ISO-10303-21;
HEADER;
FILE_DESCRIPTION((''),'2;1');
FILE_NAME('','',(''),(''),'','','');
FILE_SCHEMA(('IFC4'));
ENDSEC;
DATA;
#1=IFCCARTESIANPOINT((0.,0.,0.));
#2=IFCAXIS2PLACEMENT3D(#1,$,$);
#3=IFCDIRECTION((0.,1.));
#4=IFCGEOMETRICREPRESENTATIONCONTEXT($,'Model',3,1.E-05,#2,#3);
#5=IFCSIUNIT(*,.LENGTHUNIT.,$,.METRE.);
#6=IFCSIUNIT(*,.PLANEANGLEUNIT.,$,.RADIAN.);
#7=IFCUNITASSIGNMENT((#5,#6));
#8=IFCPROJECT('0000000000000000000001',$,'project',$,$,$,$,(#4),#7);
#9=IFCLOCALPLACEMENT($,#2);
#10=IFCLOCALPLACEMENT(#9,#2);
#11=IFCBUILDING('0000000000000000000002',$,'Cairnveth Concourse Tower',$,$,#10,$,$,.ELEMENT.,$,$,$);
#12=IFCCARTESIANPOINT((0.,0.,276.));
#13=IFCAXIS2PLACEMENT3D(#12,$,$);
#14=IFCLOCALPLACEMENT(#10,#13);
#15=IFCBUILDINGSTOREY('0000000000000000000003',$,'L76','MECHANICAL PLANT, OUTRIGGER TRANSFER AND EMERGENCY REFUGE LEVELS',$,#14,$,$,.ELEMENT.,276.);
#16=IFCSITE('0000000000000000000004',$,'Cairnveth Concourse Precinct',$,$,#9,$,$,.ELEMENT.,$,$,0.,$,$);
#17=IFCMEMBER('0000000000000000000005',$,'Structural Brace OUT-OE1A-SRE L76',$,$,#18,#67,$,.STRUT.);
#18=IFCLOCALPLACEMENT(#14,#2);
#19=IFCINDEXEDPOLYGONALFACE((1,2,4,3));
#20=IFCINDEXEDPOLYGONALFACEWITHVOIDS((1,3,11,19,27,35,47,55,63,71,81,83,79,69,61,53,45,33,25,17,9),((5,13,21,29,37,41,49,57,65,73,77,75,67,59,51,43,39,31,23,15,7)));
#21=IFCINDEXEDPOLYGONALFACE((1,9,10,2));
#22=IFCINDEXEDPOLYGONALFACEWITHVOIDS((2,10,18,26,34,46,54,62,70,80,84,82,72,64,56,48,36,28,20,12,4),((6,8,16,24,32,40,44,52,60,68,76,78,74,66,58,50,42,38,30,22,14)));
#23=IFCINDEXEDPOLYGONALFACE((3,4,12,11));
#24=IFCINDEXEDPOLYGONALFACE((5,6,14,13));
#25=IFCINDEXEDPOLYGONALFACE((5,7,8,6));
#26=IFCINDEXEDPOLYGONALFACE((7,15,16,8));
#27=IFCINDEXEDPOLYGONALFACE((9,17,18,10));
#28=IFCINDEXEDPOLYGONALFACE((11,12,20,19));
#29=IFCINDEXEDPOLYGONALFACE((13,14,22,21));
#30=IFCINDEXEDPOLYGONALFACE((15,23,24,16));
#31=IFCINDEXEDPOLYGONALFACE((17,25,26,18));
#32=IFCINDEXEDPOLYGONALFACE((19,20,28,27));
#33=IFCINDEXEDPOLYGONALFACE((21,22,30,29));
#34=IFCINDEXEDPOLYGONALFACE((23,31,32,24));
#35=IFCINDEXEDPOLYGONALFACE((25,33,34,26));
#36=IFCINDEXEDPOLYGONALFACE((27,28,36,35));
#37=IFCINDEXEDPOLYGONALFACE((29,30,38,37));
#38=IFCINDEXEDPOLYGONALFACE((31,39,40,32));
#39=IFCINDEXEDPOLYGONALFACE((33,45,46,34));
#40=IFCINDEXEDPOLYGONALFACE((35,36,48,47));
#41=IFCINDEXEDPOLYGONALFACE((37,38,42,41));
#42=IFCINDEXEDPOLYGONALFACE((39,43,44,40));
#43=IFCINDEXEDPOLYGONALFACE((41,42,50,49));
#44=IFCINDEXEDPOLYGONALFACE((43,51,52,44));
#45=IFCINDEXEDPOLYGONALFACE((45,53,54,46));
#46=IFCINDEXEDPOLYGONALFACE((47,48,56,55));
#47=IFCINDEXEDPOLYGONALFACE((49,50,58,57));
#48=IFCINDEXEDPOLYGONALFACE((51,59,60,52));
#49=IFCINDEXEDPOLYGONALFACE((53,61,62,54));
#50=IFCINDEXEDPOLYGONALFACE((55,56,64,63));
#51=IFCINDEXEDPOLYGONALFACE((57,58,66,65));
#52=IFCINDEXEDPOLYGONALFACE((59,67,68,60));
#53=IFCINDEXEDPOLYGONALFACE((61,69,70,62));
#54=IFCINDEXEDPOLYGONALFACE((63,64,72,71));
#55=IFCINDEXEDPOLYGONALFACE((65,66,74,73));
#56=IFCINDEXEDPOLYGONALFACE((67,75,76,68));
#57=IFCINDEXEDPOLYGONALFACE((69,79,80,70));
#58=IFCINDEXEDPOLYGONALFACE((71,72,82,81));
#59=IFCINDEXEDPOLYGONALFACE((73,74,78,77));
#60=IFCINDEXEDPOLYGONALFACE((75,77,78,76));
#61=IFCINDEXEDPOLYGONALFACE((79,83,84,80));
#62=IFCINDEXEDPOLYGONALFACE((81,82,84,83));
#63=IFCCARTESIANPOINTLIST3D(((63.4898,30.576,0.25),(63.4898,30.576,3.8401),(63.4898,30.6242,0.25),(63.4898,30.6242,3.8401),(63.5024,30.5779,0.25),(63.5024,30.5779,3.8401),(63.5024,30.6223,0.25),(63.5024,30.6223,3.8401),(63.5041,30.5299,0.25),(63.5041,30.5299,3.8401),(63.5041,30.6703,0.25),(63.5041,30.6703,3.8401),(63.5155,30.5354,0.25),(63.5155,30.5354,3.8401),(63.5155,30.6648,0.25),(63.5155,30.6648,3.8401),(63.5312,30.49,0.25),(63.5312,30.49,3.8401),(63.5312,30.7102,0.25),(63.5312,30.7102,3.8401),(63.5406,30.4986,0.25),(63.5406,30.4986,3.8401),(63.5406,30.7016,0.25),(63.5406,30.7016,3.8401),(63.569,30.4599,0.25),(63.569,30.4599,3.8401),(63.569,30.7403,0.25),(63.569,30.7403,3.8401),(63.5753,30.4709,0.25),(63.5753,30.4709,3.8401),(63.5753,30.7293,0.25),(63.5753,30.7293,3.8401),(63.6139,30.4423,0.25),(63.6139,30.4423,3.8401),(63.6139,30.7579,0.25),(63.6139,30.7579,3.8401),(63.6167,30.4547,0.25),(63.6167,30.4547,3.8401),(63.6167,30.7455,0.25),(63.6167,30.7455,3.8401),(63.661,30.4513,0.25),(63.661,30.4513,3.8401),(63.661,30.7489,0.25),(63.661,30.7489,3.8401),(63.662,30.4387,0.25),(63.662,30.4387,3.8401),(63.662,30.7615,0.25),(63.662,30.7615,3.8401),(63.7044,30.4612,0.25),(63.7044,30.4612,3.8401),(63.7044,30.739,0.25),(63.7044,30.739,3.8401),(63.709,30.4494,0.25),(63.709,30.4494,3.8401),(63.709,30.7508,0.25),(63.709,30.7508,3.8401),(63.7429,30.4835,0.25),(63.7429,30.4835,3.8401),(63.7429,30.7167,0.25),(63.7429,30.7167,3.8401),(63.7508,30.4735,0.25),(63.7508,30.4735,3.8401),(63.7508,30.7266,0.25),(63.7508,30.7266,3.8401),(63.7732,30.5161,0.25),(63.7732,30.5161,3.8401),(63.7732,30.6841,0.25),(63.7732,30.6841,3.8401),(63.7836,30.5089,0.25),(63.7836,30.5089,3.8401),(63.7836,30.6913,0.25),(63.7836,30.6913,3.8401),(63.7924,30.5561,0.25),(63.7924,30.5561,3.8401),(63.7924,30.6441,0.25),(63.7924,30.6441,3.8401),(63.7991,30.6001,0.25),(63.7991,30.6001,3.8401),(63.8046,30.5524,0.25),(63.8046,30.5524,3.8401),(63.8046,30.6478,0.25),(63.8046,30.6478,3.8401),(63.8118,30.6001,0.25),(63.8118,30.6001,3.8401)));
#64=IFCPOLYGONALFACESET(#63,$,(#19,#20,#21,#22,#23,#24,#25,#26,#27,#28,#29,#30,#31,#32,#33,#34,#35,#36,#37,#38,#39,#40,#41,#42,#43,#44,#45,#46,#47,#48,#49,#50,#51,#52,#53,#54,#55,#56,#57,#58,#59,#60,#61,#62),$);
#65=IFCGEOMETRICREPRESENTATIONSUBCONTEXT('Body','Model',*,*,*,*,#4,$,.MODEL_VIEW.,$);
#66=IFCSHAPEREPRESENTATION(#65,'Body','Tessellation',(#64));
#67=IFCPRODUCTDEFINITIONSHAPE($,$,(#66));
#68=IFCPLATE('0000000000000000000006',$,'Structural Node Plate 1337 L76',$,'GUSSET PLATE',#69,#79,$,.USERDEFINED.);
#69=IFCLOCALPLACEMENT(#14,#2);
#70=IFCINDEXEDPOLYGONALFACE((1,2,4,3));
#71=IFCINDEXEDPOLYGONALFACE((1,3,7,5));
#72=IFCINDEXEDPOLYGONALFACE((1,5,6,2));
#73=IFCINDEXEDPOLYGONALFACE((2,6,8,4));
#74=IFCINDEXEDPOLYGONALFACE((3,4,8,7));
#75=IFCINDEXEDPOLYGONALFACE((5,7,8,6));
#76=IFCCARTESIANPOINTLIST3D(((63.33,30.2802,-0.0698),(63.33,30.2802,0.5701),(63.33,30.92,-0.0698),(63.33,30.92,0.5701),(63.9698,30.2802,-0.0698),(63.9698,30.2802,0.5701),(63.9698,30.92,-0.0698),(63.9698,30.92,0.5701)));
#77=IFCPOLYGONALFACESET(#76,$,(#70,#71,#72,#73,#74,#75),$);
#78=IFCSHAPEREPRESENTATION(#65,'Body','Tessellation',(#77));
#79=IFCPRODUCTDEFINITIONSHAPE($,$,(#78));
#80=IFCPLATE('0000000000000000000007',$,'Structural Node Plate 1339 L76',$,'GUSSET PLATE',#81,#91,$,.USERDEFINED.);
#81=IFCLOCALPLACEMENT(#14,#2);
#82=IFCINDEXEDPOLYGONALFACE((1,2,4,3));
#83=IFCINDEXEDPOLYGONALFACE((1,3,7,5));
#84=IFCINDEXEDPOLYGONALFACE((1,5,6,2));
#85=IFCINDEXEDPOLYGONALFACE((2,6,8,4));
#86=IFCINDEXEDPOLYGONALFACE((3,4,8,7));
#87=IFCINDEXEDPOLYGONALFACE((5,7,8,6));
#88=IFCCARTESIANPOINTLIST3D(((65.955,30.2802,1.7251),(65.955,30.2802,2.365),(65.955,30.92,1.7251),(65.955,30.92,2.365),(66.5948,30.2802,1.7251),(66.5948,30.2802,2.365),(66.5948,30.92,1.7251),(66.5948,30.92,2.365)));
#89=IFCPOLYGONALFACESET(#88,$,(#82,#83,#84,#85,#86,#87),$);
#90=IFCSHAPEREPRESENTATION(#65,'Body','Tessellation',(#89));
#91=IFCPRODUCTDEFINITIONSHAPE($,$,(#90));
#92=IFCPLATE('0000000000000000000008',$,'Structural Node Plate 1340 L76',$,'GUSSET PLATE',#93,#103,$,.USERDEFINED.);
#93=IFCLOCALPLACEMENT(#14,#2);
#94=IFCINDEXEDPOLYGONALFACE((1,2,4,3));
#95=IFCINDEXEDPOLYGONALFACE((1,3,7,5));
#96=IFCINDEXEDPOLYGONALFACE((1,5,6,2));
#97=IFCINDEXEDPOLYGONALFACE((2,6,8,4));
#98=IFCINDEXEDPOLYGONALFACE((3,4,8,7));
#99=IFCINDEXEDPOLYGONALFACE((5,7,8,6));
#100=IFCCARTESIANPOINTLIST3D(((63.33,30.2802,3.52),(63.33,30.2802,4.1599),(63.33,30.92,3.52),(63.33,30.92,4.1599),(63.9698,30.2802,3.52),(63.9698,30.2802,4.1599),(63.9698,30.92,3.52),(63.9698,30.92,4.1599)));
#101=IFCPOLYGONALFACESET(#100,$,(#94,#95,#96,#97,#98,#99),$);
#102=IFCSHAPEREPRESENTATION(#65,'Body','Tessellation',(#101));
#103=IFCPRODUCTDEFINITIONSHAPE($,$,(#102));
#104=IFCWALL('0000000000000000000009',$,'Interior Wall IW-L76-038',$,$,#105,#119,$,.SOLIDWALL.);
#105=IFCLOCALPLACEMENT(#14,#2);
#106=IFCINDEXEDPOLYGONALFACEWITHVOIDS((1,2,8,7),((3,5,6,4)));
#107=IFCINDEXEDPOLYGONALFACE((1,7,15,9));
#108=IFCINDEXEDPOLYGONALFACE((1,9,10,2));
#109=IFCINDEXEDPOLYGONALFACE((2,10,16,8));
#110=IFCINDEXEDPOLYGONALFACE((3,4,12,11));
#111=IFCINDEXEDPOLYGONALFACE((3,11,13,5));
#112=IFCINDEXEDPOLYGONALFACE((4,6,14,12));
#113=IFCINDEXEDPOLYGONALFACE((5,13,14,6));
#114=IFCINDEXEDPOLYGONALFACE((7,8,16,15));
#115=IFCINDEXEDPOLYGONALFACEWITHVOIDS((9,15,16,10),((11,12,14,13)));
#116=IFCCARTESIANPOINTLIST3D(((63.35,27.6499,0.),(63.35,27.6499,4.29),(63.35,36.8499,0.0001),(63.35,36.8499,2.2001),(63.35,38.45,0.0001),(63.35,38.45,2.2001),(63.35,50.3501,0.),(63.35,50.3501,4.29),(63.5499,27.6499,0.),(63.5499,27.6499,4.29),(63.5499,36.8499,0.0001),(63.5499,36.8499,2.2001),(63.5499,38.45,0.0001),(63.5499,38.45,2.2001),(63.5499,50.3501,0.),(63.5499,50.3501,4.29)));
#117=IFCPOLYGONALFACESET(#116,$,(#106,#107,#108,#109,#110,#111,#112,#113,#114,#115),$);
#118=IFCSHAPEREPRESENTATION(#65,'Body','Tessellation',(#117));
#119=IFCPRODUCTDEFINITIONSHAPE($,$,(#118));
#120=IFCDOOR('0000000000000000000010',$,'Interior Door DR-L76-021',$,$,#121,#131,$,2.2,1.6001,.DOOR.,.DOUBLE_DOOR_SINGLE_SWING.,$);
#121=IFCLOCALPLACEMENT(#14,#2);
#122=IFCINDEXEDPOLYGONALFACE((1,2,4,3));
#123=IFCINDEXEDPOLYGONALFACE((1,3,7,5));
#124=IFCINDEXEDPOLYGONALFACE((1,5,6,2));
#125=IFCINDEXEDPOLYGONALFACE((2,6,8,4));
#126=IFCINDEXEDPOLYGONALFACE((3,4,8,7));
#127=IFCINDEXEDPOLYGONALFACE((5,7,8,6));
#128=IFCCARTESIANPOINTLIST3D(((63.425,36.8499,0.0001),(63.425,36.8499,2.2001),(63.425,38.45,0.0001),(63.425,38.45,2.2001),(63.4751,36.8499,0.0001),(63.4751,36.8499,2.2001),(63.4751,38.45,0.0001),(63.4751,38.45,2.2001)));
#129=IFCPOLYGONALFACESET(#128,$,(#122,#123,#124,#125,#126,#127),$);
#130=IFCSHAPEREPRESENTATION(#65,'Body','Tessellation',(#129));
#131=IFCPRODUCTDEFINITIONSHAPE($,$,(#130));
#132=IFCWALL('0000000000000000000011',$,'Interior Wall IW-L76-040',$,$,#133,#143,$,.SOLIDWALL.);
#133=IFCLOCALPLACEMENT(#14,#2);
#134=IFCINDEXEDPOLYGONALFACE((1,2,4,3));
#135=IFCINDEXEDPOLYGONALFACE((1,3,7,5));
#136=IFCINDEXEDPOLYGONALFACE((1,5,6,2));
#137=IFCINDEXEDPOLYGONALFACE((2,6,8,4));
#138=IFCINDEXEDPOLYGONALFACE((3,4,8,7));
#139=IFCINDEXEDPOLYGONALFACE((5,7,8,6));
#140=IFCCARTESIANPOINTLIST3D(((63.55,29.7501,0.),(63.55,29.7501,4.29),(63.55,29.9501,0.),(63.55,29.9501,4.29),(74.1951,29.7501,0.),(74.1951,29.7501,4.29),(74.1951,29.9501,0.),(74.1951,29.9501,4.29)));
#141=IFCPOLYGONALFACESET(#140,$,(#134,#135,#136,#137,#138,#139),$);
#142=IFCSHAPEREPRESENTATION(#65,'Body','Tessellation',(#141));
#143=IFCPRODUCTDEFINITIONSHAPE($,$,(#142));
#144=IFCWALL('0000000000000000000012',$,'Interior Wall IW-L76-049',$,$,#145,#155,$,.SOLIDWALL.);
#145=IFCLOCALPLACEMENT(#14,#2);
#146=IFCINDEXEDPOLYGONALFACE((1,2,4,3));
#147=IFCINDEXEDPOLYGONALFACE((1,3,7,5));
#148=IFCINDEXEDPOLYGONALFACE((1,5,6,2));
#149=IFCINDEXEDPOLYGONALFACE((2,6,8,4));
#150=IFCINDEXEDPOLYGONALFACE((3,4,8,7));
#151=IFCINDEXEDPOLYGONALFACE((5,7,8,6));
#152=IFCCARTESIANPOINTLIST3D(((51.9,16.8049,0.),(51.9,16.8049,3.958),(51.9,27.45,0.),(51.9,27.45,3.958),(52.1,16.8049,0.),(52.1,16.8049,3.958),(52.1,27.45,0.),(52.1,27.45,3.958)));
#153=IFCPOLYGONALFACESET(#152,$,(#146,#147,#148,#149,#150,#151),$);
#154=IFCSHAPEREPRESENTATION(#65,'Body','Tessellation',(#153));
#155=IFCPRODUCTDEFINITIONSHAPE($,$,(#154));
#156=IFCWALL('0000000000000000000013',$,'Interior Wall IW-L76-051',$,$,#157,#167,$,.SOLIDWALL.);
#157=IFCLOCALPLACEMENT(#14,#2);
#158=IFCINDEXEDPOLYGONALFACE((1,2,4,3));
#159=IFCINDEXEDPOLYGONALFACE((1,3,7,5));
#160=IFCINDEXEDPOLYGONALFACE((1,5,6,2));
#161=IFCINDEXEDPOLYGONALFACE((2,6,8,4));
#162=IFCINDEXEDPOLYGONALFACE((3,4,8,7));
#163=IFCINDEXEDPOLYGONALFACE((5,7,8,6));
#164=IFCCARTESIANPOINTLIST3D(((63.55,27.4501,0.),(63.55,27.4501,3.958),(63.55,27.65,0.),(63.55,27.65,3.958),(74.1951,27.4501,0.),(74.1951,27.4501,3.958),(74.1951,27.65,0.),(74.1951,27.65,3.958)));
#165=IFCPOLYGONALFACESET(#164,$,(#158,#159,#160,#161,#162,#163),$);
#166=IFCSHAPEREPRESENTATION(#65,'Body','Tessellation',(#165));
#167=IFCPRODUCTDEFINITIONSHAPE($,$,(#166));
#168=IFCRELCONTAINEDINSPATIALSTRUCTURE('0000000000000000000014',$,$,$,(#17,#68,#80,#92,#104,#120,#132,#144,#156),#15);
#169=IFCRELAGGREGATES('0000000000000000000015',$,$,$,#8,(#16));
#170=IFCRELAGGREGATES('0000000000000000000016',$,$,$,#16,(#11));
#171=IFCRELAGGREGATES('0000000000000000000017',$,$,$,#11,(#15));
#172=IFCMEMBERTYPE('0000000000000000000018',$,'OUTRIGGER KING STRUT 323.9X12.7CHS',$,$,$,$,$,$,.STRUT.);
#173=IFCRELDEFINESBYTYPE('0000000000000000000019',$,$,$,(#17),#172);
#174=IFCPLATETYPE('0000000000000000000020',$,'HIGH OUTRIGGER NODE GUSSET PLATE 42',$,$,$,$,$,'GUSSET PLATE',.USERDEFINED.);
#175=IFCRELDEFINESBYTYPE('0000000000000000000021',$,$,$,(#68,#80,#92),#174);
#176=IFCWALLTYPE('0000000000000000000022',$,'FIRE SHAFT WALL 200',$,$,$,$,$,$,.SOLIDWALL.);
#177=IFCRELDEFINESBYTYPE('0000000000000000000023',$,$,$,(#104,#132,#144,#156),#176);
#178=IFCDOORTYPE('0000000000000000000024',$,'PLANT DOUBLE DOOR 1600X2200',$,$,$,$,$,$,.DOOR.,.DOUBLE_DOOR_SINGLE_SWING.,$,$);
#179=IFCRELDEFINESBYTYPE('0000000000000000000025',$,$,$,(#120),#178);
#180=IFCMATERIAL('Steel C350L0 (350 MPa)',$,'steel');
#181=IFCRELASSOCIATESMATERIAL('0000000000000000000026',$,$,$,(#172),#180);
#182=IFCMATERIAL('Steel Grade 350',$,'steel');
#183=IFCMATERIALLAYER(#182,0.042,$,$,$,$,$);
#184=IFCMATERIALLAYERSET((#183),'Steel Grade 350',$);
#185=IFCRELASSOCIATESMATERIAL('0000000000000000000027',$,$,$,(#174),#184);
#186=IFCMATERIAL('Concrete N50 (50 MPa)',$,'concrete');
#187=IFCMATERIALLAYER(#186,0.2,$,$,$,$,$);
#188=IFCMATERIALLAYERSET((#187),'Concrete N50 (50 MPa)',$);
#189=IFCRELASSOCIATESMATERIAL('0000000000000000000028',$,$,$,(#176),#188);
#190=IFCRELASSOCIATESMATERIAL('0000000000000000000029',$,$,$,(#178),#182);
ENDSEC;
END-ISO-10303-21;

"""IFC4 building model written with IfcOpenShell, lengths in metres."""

from ifc_helpers import new_model, si_unit, direction, frame, frame_2d, origin, origin_2d, place, context, subcontext, project, spatial, rectangle, hollow_circle, extrude, material, layer, layer_set, material_profile, profile_set, type_object, element, fill, save


model = new_model("IFC4")

# Units and contexts
model_context = context("Model", 3, precision=1e-05, world=origin(), true_north=direction((0.0, 1.0)))
body_context = subcontext(model_context, "Body", "Model", "MODEL_VIEW")
ifc_project = project(units=[si_unit("LENGTHUNIT", "METRE"), si_unit("PLANEANGLEUNIT", "RADIAN")], contexts=[model_context])

# Site, building, storey
site_placement = place(None, origin())
site = spatial("IfcSite", under=ifc_project, at=site_placement, Name="Cairnveth Concourse Precinct", CompositionType="ELEMENT", RefElevation=0.0)
building_placement = place(site_placement, origin())
building = spatial("IfcBuilding", under=site, at=building_placement, Name="Cairnveth Concourse Tower", CompositionType="ELEMENT")
storey_placement = place(building_placement, frame((0.0, 0.0, 276.0)))
storey = spatial("IfcBuildingStorey", under=building, at=storey_placement, Name="L76", Description="MECHANICAL PLANT, OUTRIGGER TRANSFER AND EMERGENCY REFUGE LEVELS", CompositionType="ELEMENT", Elevation=276.0)

# Shared definitions
ifc_material_1 = material(Name="Steel C350L0 (350 MPa)", Category="steel")

# Member
ifc_material_profile_1 = material_profile(ifc_material_1, hollow_circle(Radius=0.1619, WallThickness=0.0127, at=origin_2d()), Name="323.9x12.7CHS")
ifc_profile_set_1 = profile_set([ifc_material_profile_1], Name="Steel C350L0 (350 MPa)")
member_type_1 = type_object("IfcMemberType", Name="OUTRIGGER KING STRUT 323.9X12.7CHS", PredefinedType="STRUT", material=ifc_profile_set_1)
member_1_placement = place(storey_placement, frame((63.6499, 30.6001, 0.25), z_axis=(0.0, 0.0, 1.0), x_axis=(1.0, 0.0, 0.0)))
element("IfcMember", 1, at=member_1_placement, inside=storey, type_object=member_type_1, Name="Structural Brace OUT-OE1A-SRE L76", PredefinedType="STRUT", context=body_context, shape_type="SweptSolid", body=[
    extrude(hollow_circle(Radius=0.1619, WallThickness=0.0127, at=origin_2d()), origin(), (0.0, 0.0, 1.0), 3.5901),
])

# Plates
ifc_material_2 = material(Name="Steel Grade 350", Category="steel")
ifc_layer_1 = layer(ifc_material_2, 0.042)
ifc_layer_set_1 = layer_set([ifc_layer_1], Name="Steel Grade 350")
plate_type = type_object("IfcPlateType", Name="HIGH OUTRIGGER NODE GUSSET PLATE 42", ElementType="GUSSET PLATE", PredefinedType="USERDEFINED", material=ifc_layer_set_1)
for number, where, z_axis, x_axis, name in (
    (2, (63.6499, 30.6001, -0.0698), (0.0, 0.0, 1.0), (1.0, 0.0, 0.0), "Structural Node Plate 1337 L76"),
    (3, (66.2749, 30.6001, 1.7251), (0.0, 0.0, 1.0), (1.0, 0.0, 0.0), "Structural Node Plate 1339 L76"),
    (4, (63.6499, 30.6001, 3.52), (0.0, 0.0, 1.0), (1.0, 0.0, 0.0), "Structural Node Plate 1340 L76"),
):
    element("IfcPlate", number, at=place(storey_placement, frame(where, z_axis=z_axis, x_axis=x_axis)), inside=storey, type_object=plate_type, Name=name, ObjectType="GUSSET PLATE", PredefinedType="USERDEFINED", context=body_context, shape_type="SweptSolid", body=[
        extrude(rectangle(XDim=0.6399, YDim=0.6399, at=origin_2d()), origin(), (0.0, 0.0, 1.0), 0.6399),
    ])

# Wall, opening, door
ifc_material_3 = material(Name="Concrete N50 (50 MPa)", Category="concrete")
ifc_layer_2 = layer(ifc_material_3, 0.2)
ifc_layer_set_2 = layer_set([ifc_layer_2], Name="Concrete N50 (50 MPa)")
wall_type = type_object("IfcWallType", Name="FIRE SHAFT WALL 200", PredefinedType="SOLIDWALL", material=ifc_layer_set_2)
wall_1_placement = place(storey_placement, frame((63.45, 27.6499, 0.0), z_axis=(0.0, 0.0, 1.0), x_axis=(0.0, 1.0, 0.0)))
wall_1 = element("IfcWall", 5, at=wall_1_placement, inside=storey, type_object=wall_type, Name="Interior Wall IW-L76-038", PredefinedType="SOLIDWALL", context=body_context, shape_type="SweptSolid", body=[
    extrude(rectangle(XDim=22.7002, YDim=0.2, at=frame_2d((11.3501, 0.0))), origin(), (0.0, 0.0, 1.0), 4.29),
])
opening_placement = place(wall_1_placement, frame((9.2, 0.0, 0.0)))
opening = element("IfcOpeningElement", 6, at=opening_placement, cuts=wall_1, PredefinedType="OPENING", context=body_context, shape_type="SweptSolid", body=[
    extrude(rectangle(XDim=1.6001, YDim=2.2, at=frame_2d((0.8, 1.1001))), frame((0.0, 0.1099, 0.0), z_axis=(0.0, -1.0, 0.0), x_axis=(1.0, 0.0, 0.0)), (0.0, 0.0, 1.0), 0.22),
])
door_type = type_object("IfcDoorType", Name="PLANT DOUBLE DOOR 1600X2200", OperationType="DOUBLE_DOOR_SINGLE_SWING", PredefinedType="DOOR", material=ifc_material_2)
door_placement = place(opening_placement, origin())
door = element("IfcDoor", 7, at=door_placement, inside=storey, type_object=door_type, Name="Interior Door DR-L76-021", OperationType="DOUBLE_DOOR_SINGLE_SWING", OverallHeight=2.2, OverallWidth=1.6001, PredefinedType="DOOR", context=body_context, shape_type="SweptSolid", body=[
    extrude(rectangle(XDim=1.6001, YDim=2.2, at=frame_2d((0.8, 1.1001))), frame((0.0, 0.0249, 0.0), z_axis=(0.0, -1.0, 0.0), x_axis=(1.0, 0.0, 0.0)), (0.0, 0.0, 1.0), 0.05),
])
fill(opening, door)

# Walls
wall_2_placement = place(storey_placement, frame((63.55, 29.8501, 0.0), z_axis=(0.0, 0.0, 1.0), x_axis=(1.0, 0.0, 0.0)))
element("IfcWall", 8, at=wall_2_placement, inside=storey, type_object=wall_type, Name="Interior Wall IW-L76-040", PredefinedType="SOLIDWALL", context=body_context, shape_type="SweptSolid", body=[
    extrude(rectangle(XDim=10.645, YDim=0.2, at=frame_2d((5.3225, 0.0))), origin(), (0.0, 0.0, 1.0), 4.29),
])
for number, where, z_axis, x_axis, name in (
    (9, (52.0, 16.8049, 0.0), (0.0, 0.0, 1.0), (0.0, 1.0, 0.0), "Interior Wall IW-L76-049"),
    (10, (63.55, 27.55, 0.0), (0.0, 0.0, 1.0), (1.0, 0.0, 0.0), "Interior Wall IW-L76-051"),
):
    element("IfcWall", number, at=place(storey_placement, frame(where, z_axis=z_axis, x_axis=x_axis)), inside=storey, type_object=wall_type, Name=name, PredefinedType="SOLIDWALL", context=body_context, shape_type="SweptSolid", body=[
        extrude(rectangle(XDim=10.645, YDim=0.2, at=frame_2d((5.3225, 0.0))), origin(), (0.0, 0.0, 1.0), 3.958),
    ])

save(model, "model.ifc")
